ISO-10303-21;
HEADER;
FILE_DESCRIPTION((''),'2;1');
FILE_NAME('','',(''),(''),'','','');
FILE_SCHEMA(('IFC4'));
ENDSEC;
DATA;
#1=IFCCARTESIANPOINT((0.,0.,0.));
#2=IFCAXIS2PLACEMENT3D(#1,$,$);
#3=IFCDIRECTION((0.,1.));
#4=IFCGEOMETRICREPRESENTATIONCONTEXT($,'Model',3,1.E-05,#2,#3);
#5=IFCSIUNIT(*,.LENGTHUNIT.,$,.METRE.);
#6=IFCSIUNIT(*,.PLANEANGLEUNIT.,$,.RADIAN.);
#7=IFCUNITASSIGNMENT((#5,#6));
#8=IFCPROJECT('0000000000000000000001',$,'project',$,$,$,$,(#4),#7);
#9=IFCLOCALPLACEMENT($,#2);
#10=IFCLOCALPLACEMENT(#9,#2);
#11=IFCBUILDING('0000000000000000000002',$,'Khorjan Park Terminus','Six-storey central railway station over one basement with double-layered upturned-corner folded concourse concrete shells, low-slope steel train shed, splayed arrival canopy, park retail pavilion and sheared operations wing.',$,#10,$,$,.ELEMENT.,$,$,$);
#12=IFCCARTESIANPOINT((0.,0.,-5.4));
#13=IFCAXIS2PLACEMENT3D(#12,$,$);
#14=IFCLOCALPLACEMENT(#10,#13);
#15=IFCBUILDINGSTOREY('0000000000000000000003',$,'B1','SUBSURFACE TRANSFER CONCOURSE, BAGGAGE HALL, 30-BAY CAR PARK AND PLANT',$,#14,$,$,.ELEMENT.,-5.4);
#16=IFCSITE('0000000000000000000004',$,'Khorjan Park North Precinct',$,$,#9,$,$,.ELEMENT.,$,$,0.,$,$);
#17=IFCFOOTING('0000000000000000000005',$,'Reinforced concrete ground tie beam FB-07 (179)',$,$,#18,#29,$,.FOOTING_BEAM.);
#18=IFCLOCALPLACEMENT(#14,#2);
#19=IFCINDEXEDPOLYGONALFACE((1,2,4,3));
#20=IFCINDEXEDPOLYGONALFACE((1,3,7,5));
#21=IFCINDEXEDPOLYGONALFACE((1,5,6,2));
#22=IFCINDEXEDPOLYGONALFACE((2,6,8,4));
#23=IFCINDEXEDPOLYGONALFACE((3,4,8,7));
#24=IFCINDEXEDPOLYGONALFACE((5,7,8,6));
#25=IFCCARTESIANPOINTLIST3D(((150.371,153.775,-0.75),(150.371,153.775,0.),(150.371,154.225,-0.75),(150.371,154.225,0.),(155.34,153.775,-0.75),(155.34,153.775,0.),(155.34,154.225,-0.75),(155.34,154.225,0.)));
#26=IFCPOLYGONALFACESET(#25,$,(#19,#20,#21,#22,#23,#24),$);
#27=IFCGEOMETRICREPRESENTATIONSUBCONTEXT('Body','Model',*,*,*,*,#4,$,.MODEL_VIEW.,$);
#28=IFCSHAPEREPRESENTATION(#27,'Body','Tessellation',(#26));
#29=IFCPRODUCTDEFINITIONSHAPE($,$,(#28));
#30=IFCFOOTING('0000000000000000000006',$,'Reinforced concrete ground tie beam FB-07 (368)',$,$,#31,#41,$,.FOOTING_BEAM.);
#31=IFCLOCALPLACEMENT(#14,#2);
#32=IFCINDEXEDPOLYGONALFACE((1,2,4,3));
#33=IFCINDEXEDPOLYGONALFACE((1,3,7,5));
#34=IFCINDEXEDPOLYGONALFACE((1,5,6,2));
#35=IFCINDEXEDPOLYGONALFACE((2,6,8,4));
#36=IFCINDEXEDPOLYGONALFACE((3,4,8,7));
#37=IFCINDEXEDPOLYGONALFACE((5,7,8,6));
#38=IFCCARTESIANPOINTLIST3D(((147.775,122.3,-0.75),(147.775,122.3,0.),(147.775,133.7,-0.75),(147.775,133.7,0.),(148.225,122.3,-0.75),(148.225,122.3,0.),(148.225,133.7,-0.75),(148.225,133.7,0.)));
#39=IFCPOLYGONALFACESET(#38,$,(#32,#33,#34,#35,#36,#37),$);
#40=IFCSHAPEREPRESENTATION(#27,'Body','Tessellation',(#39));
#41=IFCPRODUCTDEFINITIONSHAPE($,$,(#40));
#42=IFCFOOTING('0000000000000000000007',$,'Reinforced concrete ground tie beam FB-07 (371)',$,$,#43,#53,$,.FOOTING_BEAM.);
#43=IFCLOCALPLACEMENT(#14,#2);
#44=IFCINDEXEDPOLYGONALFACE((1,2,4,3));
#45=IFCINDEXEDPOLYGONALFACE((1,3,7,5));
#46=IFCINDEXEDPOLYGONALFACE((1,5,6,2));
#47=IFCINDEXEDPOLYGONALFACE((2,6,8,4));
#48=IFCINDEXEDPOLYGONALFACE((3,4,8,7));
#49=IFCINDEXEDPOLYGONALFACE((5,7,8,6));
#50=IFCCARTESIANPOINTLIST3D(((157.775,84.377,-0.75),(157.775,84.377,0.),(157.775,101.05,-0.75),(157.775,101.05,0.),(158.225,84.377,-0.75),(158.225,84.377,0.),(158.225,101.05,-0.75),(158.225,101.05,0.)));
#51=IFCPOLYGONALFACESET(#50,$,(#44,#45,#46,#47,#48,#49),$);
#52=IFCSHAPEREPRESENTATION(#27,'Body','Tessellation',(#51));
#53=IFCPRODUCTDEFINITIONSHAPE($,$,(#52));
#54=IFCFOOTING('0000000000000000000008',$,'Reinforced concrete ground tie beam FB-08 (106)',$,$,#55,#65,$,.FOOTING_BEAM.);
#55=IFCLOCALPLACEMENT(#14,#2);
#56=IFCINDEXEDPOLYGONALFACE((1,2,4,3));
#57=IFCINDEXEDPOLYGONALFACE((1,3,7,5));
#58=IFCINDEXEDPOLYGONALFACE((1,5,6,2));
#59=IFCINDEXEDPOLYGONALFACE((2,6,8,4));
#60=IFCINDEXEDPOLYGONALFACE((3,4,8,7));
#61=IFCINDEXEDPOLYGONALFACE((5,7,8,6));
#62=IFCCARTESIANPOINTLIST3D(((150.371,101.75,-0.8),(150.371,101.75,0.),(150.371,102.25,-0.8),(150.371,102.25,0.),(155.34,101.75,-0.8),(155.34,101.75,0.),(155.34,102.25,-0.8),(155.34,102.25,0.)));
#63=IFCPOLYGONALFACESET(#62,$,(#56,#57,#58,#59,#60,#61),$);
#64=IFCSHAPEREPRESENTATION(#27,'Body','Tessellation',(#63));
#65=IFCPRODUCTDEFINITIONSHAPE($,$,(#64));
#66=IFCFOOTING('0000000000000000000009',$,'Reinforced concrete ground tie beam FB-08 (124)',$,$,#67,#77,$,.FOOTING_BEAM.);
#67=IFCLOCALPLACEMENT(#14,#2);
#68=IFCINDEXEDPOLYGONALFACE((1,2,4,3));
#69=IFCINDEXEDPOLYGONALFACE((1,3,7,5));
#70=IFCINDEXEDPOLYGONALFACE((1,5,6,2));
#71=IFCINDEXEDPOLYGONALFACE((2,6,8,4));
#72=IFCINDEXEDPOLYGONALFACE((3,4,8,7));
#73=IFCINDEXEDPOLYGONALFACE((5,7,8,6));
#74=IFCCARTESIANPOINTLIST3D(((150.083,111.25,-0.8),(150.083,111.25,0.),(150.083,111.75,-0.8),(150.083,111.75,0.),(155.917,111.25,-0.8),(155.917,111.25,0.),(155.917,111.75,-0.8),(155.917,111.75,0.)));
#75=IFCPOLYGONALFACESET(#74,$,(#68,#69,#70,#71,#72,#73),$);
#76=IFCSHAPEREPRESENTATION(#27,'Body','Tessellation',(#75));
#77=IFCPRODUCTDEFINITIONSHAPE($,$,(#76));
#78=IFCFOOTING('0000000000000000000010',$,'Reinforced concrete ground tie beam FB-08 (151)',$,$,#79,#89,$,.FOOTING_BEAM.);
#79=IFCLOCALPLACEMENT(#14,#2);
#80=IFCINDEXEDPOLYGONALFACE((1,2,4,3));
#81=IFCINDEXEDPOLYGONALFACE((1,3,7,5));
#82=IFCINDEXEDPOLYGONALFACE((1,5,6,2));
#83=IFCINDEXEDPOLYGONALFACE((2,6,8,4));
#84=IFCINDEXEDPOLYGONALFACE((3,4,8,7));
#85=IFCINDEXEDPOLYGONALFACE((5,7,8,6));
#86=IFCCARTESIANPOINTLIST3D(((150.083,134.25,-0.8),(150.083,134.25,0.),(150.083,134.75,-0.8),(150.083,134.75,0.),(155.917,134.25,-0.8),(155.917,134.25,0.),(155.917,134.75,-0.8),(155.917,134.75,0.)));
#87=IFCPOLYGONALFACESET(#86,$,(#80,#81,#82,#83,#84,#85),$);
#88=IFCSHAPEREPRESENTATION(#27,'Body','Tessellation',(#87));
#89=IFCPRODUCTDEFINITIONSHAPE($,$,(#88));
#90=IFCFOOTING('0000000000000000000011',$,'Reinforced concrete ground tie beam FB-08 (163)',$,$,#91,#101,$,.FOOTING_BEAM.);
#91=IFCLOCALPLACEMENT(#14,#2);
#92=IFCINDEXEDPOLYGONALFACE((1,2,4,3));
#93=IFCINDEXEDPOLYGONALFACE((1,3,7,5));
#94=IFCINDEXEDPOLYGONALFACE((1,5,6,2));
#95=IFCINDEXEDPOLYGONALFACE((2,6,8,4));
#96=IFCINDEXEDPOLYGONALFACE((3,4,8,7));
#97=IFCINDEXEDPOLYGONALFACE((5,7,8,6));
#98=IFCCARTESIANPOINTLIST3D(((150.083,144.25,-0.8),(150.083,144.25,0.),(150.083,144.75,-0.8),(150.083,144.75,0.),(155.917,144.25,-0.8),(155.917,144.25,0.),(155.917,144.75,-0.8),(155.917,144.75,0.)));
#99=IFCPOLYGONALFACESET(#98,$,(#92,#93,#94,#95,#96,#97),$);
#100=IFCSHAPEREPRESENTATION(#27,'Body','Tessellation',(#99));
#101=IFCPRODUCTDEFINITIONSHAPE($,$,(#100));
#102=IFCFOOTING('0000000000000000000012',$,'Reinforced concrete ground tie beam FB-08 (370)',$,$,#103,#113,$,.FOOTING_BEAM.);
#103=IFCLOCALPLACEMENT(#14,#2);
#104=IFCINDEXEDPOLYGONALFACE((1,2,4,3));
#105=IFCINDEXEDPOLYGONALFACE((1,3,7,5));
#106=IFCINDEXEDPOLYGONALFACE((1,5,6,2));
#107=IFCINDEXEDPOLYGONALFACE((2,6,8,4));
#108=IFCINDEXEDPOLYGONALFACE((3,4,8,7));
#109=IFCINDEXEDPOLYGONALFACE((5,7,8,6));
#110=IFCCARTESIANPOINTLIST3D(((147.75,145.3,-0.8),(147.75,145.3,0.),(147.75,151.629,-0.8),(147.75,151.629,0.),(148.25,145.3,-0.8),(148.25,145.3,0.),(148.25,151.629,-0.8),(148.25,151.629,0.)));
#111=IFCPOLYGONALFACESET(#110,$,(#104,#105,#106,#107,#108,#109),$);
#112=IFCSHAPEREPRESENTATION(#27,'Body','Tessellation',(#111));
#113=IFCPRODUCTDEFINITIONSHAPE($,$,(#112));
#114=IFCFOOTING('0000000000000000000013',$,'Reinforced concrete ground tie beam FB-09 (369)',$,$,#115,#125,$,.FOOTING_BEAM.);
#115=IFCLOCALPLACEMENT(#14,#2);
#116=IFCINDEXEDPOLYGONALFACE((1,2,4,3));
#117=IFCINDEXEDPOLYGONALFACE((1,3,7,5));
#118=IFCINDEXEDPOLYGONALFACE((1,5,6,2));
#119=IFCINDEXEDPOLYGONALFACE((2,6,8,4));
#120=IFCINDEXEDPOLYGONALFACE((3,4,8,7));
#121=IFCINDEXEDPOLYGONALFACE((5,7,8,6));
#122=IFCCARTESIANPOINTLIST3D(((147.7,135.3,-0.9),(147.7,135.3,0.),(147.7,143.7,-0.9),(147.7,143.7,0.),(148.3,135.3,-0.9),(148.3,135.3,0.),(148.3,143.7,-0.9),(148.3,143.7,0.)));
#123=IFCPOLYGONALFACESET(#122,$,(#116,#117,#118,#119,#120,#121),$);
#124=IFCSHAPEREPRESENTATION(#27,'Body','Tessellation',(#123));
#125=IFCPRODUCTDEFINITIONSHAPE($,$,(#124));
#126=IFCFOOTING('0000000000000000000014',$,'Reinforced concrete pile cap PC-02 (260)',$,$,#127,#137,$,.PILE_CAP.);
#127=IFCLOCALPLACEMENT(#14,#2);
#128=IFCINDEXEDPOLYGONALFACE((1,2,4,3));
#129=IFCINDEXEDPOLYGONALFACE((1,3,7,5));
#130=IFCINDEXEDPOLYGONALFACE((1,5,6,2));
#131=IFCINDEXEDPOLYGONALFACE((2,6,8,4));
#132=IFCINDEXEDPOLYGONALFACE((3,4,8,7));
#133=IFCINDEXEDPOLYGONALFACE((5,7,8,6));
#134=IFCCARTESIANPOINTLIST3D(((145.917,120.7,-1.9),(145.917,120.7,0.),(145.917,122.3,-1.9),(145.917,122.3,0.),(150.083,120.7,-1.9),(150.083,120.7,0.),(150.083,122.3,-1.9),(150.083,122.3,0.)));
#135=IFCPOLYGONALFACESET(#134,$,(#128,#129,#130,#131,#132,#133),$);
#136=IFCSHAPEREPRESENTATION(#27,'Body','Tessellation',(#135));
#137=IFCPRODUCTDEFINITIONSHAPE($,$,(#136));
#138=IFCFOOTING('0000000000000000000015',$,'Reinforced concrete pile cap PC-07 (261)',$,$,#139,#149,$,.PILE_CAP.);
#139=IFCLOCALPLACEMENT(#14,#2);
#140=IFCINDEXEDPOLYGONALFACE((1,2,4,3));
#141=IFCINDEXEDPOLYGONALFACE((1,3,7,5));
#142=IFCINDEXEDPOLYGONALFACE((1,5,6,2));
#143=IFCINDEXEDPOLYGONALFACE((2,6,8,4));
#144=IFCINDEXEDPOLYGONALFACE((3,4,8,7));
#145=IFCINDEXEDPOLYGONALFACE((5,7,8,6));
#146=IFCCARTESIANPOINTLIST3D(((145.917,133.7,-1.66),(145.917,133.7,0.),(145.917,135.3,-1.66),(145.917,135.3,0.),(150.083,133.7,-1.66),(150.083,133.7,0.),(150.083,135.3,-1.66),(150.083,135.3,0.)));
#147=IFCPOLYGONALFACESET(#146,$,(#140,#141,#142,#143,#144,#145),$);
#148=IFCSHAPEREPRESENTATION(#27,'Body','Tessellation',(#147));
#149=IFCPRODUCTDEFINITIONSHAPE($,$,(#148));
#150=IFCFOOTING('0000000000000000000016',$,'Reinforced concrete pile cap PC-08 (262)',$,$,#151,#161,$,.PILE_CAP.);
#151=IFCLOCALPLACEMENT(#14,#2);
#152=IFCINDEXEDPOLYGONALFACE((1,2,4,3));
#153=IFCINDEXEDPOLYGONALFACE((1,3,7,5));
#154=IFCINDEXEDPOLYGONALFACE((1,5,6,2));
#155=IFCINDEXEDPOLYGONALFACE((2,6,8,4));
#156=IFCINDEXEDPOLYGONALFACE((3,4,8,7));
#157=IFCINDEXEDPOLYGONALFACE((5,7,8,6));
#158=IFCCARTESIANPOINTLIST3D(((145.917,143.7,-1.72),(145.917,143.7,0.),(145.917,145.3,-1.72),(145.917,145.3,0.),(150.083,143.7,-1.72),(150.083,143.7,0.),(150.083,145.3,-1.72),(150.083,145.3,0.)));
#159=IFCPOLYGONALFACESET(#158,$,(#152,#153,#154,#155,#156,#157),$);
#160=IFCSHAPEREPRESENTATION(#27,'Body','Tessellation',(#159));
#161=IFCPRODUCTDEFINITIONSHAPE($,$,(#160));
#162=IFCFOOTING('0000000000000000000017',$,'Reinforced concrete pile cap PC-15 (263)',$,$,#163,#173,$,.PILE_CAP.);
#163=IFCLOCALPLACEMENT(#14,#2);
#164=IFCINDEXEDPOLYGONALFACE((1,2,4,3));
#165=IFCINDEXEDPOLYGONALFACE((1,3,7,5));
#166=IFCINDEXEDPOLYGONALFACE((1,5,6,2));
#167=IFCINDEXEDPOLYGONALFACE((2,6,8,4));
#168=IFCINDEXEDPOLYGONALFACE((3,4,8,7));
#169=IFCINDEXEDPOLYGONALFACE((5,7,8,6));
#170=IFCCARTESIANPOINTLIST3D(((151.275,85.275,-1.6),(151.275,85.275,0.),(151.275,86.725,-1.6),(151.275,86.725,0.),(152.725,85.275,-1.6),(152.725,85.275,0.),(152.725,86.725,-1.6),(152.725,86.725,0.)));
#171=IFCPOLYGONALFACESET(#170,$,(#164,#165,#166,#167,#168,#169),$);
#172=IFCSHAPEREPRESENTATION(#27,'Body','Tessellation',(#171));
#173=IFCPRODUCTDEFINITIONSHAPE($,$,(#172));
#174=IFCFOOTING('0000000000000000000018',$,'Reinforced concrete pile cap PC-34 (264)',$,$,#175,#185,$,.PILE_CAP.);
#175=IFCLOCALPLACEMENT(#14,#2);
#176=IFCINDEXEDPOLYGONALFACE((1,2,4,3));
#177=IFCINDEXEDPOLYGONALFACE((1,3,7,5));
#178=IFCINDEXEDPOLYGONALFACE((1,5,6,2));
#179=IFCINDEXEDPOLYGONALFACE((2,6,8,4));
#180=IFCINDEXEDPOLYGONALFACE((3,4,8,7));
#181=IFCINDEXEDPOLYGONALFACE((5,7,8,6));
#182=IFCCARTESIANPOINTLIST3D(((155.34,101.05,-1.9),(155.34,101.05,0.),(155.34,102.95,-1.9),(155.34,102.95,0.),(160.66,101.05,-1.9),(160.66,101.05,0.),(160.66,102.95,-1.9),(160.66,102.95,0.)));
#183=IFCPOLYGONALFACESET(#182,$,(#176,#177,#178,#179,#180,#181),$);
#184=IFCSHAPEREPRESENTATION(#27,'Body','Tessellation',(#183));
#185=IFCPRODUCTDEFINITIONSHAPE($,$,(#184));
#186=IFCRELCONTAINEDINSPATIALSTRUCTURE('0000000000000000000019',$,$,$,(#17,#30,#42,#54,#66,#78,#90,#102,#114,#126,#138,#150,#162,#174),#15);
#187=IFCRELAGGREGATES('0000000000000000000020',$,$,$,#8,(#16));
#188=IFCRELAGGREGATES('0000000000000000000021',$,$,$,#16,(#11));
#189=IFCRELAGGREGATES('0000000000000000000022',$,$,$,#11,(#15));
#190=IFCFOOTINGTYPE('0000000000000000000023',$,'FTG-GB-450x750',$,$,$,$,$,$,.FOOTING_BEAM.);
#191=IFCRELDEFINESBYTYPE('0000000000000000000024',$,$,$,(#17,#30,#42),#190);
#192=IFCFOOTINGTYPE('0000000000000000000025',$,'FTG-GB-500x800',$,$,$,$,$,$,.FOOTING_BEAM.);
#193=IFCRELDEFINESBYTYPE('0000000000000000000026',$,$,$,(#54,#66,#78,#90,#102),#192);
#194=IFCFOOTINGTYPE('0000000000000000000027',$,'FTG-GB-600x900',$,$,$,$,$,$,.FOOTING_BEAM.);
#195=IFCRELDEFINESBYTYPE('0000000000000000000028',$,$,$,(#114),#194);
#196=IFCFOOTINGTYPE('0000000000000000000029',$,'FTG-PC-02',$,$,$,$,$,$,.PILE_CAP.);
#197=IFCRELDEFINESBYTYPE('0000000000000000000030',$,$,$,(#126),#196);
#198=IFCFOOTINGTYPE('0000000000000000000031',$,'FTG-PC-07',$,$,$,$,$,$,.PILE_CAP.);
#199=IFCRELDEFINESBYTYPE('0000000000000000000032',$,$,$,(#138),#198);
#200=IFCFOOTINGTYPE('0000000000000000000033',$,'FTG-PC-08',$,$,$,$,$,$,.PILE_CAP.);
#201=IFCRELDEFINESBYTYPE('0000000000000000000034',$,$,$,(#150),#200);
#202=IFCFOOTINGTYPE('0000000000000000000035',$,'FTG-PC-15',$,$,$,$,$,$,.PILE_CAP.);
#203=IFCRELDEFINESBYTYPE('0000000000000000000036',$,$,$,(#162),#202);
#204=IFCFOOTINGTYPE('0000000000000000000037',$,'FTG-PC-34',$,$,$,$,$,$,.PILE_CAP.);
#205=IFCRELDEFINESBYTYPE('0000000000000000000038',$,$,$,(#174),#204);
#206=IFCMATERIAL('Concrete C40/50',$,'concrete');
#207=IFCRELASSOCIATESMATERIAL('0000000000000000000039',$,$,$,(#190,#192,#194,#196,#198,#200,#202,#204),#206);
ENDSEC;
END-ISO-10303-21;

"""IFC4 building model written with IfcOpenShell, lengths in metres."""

from ifc_helpers import new_model, si_unit, direction, frame, origin, origin_2d, place, context, subcontext, project, spatial, rectangle, extrude, material, material_profile, profile_set, type_object, element, save


model = new_model("IFC4")

# Units and contexts
model_context = context("Model", 3, precision=1e-05, world=origin(), true_north=direction((0.0, 1.0)))
body_context = subcontext(model_context, "Body", "Model", "MODEL_VIEW")
ifc_project = project(units=[si_unit("LENGTHUNIT", "METRE"), si_unit("PLANEANGLEUNIT", "RADIAN")], contexts=[model_context])

# Site, building, storey
site_placement = place(None, origin())
site = spatial("IfcSite", under=ifc_project, at=site_placement, Name="Khorjan Park North Precinct", CompositionType="ELEMENT", RefElevation=0.0)
building_placement = place(site_placement, origin())
building = spatial("IfcBuilding", under=site, at=building_placement, Name="Khorjan Park Terminus", Description="Six-storey central railway station over one basement with double-layered upturned-corner folded concourse concrete shells, low-slope steel train shed, splayed arrival canopy, park retail pavilion and sheared operations wing.", CompositionType="ELEMENT")
storey_placement = place(building_placement, frame((0.0, 0.0, -5.4)))
storey = spatial("IfcBuildingStorey", under=building, at=storey_placement, Name="B1", Description="SUBSURFACE TRANSFER CONCOURSE, BAGGAGE HALL, 30-BAY CAR PARK AND PLANT", CompositionType="ELEMENT", Elevation=-5.4)

# Footings
ifc_material_1 = material(Name="Concrete C40/50", Category="concrete")
ifc_material_profile_1 = material_profile(ifc_material_1, rectangle(XDim=0.45, YDim=0.75, at=origin_2d()), Name="RC 450x750")
ifc_profile_set_1 = profile_set([ifc_material_profile_1], Name="Concrete C40/50")
footing_type_1 = type_object("IfcFootingType", Name="FTG-GB-450x750", PredefinedType="FOOTING_BEAM", material=ifc_profile_set_1)
footing_1_placement = place(storey_placement, frame((150.371, 154.0, -0.375), z_axis=(1.0, 0.0, 0.0), x_axis=(0.0, 1.0, 0.0)))
element("IfcFooting", 1, at=footing_1_placement, inside=storey, type_object=footing_type_1, Name="Reinforced concrete ground tie beam FB-07 (179)", PredefinedType="FOOTING_BEAM", context=body_context, shape_type="SweptSolid", body=[
    extrude(rectangle(XDim=0.45, YDim=0.75, at=origin_2d()), origin(), (0.0, 0.0, 1.0), 4.969),
])
footing_2_placement = place(storey_placement, frame((148.0, 122.3, -0.375), z_axis=(0.0, 1.0, 0.0), x_axis=(-1.0, 0.0, 0.0)))
element("IfcFooting", 2, at=footing_2_placement, inside=storey, type_object=footing_type_1, Name="Reinforced concrete ground tie beam FB-07 (368)", PredefinedType="FOOTING_BEAM", context=body_context, shape_type="SweptSolid", body=[
    extrude(rectangle(XDim=0.45, YDim=0.75, at=origin_2d()), origin(), (0.0, 0.0, 1.0), 11.4),
])
footing_3_placement = place(storey_placement, frame((158.0, 84.377, -0.375), z_axis=(0.0, 1.0, 0.0), x_axis=(-1.0, 0.0, 0.0)))
element("IfcFooting", 3, at=footing_3_placement, inside=storey, type_object=footing_type_1, Name="Reinforced concrete ground tie beam FB-07 (371)", PredefinedType="FOOTING_BEAM", context=body_context, shape_type="SweptSolid", body=[
    extrude(rectangle(XDim=0.45, YDim=0.75, at=origin_2d()), origin(), (0.0, 0.0, 1.0), 16.673),
])
ifc_material_profile_2 = material_profile(ifc_material_1, rectangle(XDim=0.5, YDim=0.8, at=origin_2d()), Name="RC 500x800")
ifc_profile_set_2 = profile_set([ifc_material_profile_2], Name="Concrete C40/50")
footing_type_2 = type_object("IfcFootingType", Name="FTG-GB-500x800", PredefinedType="FOOTING_BEAM", material=ifc_profile_set_2)
footing_4_placement = place(storey_placement, frame((150.371, 102.0, -0.4), z_axis=(1.0, 0.0, 0.0), x_axis=(0.0, 1.0, 0.0)))
element("IfcFooting", 4, at=footing_4_placement, inside=storey, type_object=footing_type_2, Name="Reinforced concrete ground tie beam FB-08 (106)", PredefinedType="FOOTING_BEAM", context=body_context, shape_type="SweptSolid", body=[
    extrude(rectangle(XDim=0.5, YDim=0.8, at=origin_2d()), origin(), (0.0, 0.0, 1.0), 4.969),
])
for number, where, z_axis, x_axis, name in (
    (5, (150.083, 111.5, -0.4), (1.0, 0.0, 0.0), (0.0, 1.0, 0.0), "Reinforced concrete ground tie beam FB-08 (124)"),
    (6, (150.083, 134.5, -0.4), (1.0, 0.0, 0.0), (0.0, 1.0, 0.0), "Reinforced concrete ground tie beam FB-08 (151)"),
    (7, (150.083, 144.5, -0.4), (1.0, 0.0, 0.0), (0.0, 1.0, 0.0), "Reinforced concrete ground tie beam FB-08 (163)"),
):
    element("IfcFooting", number, at=place(storey_placement, frame(where, z_axis=z_axis, x_axis=x_axis)), inside=storey, type_object=footing_type_2, Name=name, PredefinedType="FOOTING_BEAM", context=body_context, shape_type="SweptSolid", body=[
        extrude(rectangle(XDim=0.5, YDim=0.8, at=origin_2d()), origin(), (0.0, 0.0, 1.0), 5.834),
    ])
footing_5_placement = place(storey_placement, frame((148.0, 145.3, -0.4), z_axis=(0.0, 1.0, 0.0), x_axis=(-1.0, 0.0, 0.0)))
element("IfcFooting", 8, at=footing_5_placement, inside=storey, type_object=footing_type_2, Name="Reinforced concrete ground tie beam FB-08 (370)", PredefinedType="FOOTING_BEAM", context=body_context, shape_type="SweptSolid", body=[
    extrude(rectangle(XDim=0.5, YDim=0.8, at=origin_2d()), origin(), (0.0, 0.0, 1.0), 6.329),
])
ifc_material_profile_3 = material_profile(ifc_material_1, rectangle(XDim=0.6, YDim=0.9, at=origin_2d()), Name="RC 600x900")
ifc_profile_set_3 = profile_set([ifc_material_profile_3], Name="Concrete C40/50")
footing_type_3 = type_object("IfcFootingType", Name="FTG-GB-600x900", PredefinedType="FOOTING_BEAM", material=ifc_profile_set_3)
footing_6_placement = place(storey_placement, frame((148.0, 135.3, -0.45), z_axis=(0.0, 1.0, 0.0), x_axis=(-1.0, 0.0, 0.0)))
element("IfcFooting", 9, at=footing_6_placement, inside=storey, type_object=footing_type_3, Name="Reinforced concrete ground tie beam FB-09 (369)", PredefinedType="FOOTING_BEAM", context=body_context, shape_type="SweptSolid", body=[
    extrude(rectangle(XDim=0.6, YDim=0.9, at=origin_2d()), origin(), (0.0, 0.0, 1.0), 8.4),
])
footing_type_4 = type_object("IfcFootingType", Name="FTG-PC-02", PredefinedType="PILE_CAP", material=ifc_material_1)
footing_7_placement = place(storey_placement, frame((148.0, 121.5, -1.9), z_axis=(0.0, 0.0, 1.0), x_axis=(1.0, 0.0, 0.0)))
element("IfcFooting", 10, at=footing_7_placement, inside=storey, type_object=footing_type_4, Name="Reinforced concrete pile cap PC-02 (260)", PredefinedType="PILE_CAP", context=body_context, shape_type="SweptSolid", body=[
    extrude(rectangle(XDim=4.166, YDim=1.6, at=origin_2d()), origin(), (0.0, 0.0, 1.0), 1.9),
])
footing_type_5 = type_object("IfcFootingType", Name="FTG-PC-07", PredefinedType="PILE_CAP", material=ifc_material_1)
footing_8_placement = place(storey_placement, frame((148.0, 134.5, -1.66), z_axis=(0.0, 0.0, 1.0), x_axis=(1.0, 0.0, 0.0)))
element("IfcFooting", 11, at=footing_8_placement, inside=storey, type_object=footing_type_5, Name="Reinforced concrete pile cap PC-07 (261)", PredefinedType="PILE_CAP", context=body_context, shape_type="SweptSolid", body=[
    extrude(rectangle(XDim=4.166, YDim=1.6, at=origin_2d()), origin(), (0.0, 0.0, 1.0), 1.66),
])
footing_type_6 = type_object("IfcFootingType", Name="FTG-PC-08", PredefinedType="PILE_CAP", material=ifc_material_1)
footing_9_placement = place(storey_placement, frame((148.0, 144.5, -1.72), z_axis=(0.0, 0.0, 1.0), x_axis=(1.0, 0.0, 0.0)))
element("IfcFooting", 12, at=footing_9_placement, inside=storey, type_object=footing_type_6, Name="Reinforced concrete pile cap PC-08 (262)", PredefinedType="PILE_CAP", context=body_context, shape_type="SweptSolid", body=[
    extrude(rectangle(XDim=4.166, YDim=1.6, at=origin_2d()), origin(), (0.0, 0.0, 1.0), 1.72),
])
footing_type_7 = type_object("IfcFootingType", Name="FTG-PC-15", PredefinedType="PILE_CAP", material=ifc_material_1)
footing_10_placement = place(storey_placement, frame((152.0, 86.0, -1.6), z_axis=(0.0, 0.0, 1.0), x_axis=(1.0, 0.0, 0.0)))
element("IfcFooting", 13, at=footing_10_placement, inside=storey, type_object=footing_type_7, Name="Reinforced concrete pile cap PC-15 (263)", PredefinedType="PILE_CAP", context=body_context, shape_type="SweptSolid", body=[
    extrude(rectangle(XDim=1.45, YDim=1.45, at=origin_2d()), origin(), (0.0, 0.0, 1.0), 1.6),
])
footing_type_8 = type_object("IfcFootingType", Name="FTG-PC-34", PredefinedType="PILE_CAP", material=ifc_material_1)
footing_11_placement = place(storey_placement, frame((158.0, 102.0, -1.9), z_axis=(0.0, 0.0, 1.0), x_axis=(1.0, 0.0, 0.0)))
element("IfcFooting", 14, at=footing_11_placement, inside=storey, type_object=footing_type_8, Name="Reinforced concrete pile cap PC-34 (264)", PredefinedType="PILE_CAP", context=body_context, shape_type="SweptSolid", body=[
    extrude(rectangle(XDim=5.32, YDim=1.9, at=origin_2d()), origin(), (0.0, 0.0, 1.0), 1.9),
])

save(model, "model.ifc")
